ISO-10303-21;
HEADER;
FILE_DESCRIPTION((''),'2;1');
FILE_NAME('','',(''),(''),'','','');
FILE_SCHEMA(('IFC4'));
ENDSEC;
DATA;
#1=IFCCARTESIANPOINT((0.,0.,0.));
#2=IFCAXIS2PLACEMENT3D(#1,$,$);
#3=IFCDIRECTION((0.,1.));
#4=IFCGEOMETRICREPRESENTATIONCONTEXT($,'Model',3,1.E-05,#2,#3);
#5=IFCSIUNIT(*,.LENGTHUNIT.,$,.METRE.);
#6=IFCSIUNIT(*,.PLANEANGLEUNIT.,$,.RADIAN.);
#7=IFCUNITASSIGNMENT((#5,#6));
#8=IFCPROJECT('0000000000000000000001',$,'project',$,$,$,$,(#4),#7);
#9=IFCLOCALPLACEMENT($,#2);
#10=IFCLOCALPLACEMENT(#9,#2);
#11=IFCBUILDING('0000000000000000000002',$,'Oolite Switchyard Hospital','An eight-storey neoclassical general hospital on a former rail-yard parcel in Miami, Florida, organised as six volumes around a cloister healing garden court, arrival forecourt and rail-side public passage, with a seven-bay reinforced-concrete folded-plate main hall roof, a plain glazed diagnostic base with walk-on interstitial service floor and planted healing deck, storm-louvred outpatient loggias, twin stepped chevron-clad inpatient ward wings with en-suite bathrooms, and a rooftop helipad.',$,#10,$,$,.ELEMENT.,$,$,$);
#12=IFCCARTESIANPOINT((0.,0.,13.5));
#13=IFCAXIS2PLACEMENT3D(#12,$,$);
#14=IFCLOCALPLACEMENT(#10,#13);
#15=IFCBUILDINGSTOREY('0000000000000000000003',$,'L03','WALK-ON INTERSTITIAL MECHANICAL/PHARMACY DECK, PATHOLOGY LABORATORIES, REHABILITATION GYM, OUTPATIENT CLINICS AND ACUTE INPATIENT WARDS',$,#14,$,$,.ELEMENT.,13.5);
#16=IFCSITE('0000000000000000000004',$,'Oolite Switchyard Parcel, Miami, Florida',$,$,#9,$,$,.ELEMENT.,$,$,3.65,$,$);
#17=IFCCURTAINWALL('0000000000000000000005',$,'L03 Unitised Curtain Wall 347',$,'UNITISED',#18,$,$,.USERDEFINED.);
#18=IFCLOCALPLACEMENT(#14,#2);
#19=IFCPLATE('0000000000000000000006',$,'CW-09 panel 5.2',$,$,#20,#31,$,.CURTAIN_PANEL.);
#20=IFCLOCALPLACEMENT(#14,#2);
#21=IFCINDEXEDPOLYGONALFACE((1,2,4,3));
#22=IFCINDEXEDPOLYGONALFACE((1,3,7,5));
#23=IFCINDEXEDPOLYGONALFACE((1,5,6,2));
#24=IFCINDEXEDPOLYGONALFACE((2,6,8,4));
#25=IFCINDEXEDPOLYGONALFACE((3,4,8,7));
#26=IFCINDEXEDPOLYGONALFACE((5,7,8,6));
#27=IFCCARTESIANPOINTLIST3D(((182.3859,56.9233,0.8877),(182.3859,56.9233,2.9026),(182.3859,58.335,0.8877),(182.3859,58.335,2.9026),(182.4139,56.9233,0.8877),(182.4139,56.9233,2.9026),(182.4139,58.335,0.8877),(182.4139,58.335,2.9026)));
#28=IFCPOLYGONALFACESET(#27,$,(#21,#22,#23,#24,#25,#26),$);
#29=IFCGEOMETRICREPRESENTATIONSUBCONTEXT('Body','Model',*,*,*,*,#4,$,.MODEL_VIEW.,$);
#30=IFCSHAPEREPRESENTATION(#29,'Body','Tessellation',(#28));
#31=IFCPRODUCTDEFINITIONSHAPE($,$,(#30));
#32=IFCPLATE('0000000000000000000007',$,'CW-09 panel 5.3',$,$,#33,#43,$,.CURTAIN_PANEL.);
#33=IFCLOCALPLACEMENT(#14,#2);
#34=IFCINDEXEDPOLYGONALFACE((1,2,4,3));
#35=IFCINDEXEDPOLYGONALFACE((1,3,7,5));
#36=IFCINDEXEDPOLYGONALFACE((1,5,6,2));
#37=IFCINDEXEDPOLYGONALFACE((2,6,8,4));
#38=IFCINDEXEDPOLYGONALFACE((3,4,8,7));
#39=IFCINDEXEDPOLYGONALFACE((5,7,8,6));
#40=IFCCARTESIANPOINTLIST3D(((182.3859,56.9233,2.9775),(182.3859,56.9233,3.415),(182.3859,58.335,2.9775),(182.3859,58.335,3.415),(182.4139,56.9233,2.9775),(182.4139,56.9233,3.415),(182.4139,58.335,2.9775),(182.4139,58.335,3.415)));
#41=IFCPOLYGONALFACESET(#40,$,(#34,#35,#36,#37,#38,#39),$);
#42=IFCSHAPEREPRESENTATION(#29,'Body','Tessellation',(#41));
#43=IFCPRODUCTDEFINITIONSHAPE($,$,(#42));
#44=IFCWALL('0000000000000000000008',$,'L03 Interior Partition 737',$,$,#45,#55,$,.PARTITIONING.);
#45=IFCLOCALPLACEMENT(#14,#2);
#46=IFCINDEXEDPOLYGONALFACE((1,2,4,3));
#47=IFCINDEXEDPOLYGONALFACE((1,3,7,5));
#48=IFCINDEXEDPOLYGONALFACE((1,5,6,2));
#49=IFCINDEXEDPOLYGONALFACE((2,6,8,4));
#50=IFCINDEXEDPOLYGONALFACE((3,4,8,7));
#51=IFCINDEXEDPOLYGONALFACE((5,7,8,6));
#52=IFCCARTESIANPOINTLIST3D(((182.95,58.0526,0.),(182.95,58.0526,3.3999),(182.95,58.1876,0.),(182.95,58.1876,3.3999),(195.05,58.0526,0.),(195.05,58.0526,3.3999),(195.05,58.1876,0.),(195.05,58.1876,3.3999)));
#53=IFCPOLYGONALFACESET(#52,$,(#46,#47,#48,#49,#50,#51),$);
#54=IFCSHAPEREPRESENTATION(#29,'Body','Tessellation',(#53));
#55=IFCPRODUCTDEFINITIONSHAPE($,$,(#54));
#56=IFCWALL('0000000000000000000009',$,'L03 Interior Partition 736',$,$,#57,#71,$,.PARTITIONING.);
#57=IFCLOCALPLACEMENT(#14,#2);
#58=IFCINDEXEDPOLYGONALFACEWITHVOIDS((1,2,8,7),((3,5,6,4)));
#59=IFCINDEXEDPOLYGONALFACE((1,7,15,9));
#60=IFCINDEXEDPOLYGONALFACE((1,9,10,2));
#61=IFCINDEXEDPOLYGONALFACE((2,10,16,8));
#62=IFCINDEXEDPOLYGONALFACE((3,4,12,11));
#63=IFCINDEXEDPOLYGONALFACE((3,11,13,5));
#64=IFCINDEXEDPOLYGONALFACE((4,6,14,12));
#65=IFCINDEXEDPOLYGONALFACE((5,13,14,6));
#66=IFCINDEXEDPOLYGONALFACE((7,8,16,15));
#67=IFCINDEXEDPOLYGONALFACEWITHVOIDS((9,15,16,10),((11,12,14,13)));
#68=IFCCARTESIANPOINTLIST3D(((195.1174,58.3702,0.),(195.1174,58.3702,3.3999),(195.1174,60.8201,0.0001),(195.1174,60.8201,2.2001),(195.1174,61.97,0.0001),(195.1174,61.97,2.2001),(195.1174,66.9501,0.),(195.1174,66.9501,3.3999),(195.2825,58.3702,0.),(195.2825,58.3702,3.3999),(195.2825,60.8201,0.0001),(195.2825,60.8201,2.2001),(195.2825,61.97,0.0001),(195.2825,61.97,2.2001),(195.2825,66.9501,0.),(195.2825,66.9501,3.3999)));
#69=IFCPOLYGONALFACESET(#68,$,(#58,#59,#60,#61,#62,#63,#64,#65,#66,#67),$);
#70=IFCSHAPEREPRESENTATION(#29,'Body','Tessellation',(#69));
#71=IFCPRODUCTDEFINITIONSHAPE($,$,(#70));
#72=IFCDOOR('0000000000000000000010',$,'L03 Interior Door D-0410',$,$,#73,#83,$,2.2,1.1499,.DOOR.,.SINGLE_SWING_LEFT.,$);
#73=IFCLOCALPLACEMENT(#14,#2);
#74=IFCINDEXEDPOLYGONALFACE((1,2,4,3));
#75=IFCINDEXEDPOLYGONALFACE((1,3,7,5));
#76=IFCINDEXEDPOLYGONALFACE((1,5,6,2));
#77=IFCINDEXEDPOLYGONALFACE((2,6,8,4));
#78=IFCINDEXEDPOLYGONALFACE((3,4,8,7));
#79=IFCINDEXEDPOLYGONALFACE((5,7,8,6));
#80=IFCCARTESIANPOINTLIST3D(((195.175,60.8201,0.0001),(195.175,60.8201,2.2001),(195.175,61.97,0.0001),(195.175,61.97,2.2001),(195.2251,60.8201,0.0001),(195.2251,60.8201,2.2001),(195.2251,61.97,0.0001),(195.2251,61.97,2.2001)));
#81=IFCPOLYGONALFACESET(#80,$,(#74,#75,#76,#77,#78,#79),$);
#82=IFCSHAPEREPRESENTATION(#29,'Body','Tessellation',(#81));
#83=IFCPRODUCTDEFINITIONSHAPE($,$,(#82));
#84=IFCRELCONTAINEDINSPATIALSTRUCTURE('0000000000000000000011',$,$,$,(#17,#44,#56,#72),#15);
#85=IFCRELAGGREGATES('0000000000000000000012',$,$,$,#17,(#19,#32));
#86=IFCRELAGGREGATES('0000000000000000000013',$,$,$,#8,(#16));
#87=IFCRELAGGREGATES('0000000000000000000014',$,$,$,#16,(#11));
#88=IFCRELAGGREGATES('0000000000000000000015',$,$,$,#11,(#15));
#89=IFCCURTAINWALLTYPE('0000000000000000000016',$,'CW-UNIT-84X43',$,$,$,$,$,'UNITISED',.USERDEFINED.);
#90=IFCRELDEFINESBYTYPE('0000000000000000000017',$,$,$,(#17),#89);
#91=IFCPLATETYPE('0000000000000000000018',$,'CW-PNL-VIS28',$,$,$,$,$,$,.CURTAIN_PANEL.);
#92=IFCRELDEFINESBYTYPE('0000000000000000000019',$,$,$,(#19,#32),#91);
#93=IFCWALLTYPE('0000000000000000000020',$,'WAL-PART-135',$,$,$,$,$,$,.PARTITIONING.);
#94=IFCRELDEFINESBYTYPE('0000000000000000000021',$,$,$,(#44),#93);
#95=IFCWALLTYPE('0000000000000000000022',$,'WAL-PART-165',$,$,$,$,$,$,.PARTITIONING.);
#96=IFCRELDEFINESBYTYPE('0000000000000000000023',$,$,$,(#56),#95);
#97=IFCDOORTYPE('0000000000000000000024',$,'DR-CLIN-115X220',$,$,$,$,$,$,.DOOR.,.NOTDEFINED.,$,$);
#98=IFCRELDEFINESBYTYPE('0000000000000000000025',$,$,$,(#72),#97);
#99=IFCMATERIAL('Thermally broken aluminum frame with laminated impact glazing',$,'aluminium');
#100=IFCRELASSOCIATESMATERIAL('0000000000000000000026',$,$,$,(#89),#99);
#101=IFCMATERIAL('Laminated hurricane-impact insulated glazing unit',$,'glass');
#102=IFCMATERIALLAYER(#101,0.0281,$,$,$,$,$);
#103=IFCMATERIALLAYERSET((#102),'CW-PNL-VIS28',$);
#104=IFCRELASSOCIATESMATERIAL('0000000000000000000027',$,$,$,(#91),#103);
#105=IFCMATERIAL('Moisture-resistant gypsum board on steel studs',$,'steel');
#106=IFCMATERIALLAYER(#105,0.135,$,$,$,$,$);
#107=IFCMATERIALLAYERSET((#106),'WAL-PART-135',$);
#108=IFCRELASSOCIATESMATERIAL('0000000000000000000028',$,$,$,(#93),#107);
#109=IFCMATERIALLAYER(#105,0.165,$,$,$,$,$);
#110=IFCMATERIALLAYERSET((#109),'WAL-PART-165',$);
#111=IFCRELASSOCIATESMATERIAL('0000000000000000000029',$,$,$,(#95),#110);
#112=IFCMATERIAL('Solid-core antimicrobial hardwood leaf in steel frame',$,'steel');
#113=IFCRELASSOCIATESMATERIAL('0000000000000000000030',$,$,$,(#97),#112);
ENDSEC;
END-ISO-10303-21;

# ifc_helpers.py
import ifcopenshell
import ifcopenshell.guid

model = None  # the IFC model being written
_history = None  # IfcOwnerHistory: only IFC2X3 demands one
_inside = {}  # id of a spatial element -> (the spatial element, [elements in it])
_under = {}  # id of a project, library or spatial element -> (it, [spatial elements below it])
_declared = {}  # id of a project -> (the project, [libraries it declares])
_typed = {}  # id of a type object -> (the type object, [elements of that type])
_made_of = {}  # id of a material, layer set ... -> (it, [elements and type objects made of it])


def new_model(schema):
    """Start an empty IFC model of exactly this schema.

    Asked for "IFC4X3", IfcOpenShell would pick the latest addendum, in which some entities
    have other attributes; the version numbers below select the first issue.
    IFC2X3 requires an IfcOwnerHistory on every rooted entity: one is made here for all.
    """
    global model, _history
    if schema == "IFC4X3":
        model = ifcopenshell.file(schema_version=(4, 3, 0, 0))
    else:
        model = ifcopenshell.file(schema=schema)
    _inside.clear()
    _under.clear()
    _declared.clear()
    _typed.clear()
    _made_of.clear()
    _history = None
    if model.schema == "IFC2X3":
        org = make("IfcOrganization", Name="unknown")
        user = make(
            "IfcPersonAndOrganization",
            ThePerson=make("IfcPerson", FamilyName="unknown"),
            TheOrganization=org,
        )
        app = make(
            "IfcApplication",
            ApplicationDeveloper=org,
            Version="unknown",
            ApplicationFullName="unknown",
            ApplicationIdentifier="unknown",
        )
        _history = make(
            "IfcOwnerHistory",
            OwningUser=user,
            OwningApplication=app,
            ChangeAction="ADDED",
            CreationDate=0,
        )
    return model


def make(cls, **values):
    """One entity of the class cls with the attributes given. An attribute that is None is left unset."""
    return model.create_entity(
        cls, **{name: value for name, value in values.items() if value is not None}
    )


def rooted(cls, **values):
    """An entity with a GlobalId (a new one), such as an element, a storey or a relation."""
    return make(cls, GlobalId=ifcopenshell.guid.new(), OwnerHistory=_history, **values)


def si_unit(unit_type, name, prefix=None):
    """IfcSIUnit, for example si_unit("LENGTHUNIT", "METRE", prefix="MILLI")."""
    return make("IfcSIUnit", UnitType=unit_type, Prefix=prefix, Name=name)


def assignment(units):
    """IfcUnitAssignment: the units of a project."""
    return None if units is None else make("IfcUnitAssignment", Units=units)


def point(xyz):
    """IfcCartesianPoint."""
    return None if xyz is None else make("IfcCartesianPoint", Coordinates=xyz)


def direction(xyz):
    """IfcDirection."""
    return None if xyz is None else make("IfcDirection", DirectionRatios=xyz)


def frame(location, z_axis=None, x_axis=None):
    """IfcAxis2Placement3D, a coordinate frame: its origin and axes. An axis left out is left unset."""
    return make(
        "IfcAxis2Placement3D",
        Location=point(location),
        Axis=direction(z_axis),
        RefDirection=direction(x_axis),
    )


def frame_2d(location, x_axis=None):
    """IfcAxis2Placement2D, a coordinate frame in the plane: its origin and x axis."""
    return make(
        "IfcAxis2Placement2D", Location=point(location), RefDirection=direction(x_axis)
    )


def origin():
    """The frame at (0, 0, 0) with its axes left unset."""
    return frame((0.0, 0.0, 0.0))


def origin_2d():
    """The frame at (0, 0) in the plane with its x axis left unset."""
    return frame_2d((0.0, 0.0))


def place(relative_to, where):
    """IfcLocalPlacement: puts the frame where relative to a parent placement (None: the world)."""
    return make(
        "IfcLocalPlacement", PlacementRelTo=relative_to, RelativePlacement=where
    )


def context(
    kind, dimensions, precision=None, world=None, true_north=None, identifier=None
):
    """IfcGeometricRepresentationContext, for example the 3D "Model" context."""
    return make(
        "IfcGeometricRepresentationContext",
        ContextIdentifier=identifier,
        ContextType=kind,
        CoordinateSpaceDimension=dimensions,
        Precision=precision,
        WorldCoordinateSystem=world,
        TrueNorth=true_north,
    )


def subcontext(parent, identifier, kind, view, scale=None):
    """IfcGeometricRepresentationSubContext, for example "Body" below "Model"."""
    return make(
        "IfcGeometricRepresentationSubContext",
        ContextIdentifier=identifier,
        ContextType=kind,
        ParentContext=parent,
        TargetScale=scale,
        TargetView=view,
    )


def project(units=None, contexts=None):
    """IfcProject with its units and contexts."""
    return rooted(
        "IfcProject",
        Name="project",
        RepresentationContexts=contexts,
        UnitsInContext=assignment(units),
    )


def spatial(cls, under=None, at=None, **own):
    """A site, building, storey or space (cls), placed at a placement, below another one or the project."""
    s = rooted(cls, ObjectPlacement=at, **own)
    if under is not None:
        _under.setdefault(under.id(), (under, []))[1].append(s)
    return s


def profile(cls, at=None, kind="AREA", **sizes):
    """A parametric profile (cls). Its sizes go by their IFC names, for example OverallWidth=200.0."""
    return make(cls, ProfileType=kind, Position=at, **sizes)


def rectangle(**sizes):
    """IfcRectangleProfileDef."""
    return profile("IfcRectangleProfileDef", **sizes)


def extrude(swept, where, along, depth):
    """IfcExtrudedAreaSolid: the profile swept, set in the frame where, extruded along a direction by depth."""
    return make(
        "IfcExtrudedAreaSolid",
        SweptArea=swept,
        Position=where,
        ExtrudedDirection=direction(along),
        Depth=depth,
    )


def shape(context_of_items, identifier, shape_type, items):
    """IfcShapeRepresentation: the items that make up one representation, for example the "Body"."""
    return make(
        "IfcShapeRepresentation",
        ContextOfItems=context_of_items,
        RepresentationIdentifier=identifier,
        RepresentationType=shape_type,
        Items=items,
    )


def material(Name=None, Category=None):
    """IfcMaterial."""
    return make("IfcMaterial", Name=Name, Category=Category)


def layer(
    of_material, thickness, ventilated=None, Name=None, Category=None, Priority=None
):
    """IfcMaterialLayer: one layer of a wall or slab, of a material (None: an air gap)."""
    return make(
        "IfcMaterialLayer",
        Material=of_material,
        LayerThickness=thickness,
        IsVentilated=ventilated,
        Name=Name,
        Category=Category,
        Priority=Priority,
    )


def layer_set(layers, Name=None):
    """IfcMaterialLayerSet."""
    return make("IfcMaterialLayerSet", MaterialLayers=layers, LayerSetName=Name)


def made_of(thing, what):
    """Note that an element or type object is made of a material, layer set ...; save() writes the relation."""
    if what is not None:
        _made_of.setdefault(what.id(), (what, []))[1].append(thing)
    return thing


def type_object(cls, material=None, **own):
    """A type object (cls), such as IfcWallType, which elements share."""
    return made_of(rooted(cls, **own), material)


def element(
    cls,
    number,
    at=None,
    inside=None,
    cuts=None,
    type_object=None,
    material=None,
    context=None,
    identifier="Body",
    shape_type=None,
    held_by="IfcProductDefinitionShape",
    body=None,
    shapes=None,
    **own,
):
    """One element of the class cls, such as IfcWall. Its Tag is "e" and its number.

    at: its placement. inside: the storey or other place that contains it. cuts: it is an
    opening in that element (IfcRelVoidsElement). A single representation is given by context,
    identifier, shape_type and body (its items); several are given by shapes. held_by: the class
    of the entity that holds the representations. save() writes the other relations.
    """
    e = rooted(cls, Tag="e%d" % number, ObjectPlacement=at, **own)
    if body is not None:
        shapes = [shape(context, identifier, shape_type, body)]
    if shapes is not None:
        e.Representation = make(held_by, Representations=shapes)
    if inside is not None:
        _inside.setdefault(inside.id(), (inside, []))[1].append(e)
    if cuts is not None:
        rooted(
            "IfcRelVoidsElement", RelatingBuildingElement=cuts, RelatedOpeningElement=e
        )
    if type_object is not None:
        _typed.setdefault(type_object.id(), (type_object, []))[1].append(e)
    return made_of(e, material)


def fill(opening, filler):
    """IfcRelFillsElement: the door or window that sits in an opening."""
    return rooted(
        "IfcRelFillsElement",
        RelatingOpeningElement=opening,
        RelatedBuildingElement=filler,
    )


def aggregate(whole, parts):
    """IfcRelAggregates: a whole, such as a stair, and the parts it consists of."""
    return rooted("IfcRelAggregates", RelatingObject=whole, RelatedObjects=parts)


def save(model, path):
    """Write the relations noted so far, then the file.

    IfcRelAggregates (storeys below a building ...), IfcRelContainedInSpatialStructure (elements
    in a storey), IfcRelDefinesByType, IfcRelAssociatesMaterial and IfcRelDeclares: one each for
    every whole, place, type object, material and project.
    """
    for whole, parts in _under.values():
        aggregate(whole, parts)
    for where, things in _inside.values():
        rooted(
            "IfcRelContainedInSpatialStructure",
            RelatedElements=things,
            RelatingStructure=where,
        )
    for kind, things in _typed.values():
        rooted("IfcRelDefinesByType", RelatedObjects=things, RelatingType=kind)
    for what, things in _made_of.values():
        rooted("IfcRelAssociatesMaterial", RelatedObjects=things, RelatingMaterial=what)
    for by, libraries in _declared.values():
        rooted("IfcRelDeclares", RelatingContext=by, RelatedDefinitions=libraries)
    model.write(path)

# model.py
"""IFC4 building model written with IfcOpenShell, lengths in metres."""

from ifc_helpers import new_model, si_unit, direction, frame, frame_2d, origin, origin_2d, place, context, subcontext, project, spatial, rectangle, extrude, material, layer, layer_set, type_object, element, fill, aggregate, save


model = new_model("IFC4")

# Units and contexts
model_context = context("Model", 3, precision=1e-05, world=origin(), true_north=direction((0.0, 1.0)))
body_context = subcontext(model_context, "Body", "Model", "MODEL_VIEW")
ifc_project = project(units=[si_unit("LENGTHUNIT", "METRE"), si_unit("PLANEANGLEUNIT", "RADIAN")], contexts=[model_context])

# Site, building, storey
site_placement = place(None, origin())
site = spatial("IfcSite", under=ifc_project, at=site_placement, Name="Oolite Switchyard Parcel, Miami, Florida", CompositionType="ELEMENT", RefElevation=3.65)
building_placement = place(site_placement, origin())
building = spatial("IfcBuilding", under=site, at=building_placement, Name="Oolite Switchyard Hospital", Description="An eight-storey neoclassical general hospital on a former rail-yard parcel in Miami, Florida, organised as six volumes around a cloister healing garden court, arrival forecourt and rail-side public passage, with a seven-bay reinforced-concrete folded-plate main hall roof, a plain glazed diagnostic base with walk-on interstitial service floor and planted healing deck, storm-louvred outpatient loggias, twin stepped chevron-clad inpatient ward wings with en-suite bathrooms, and a rooftop helipad.", CompositionType="ELEMENT")
storey_placement = place(building_placement, frame((0.0, 0.0, 13.5)))
storey = spatial("IfcBuildingStorey", under=building, at=storey_placement, Name="L03", Description="WALK-ON INTERSTITIAL MECHANICAL/PHARMACY DECK, PATHOLOGY LABORATORIES, REHABILITATION GYM, OUTPATIENT CLINICS AND ACUTE INPATIENT WARDS", CompositionType="ELEMENT", Elevation=13.5)

# Curtain wall, plates
ifc_material_1 = material(Name="Thermally broken aluminum frame with laminated impact glazing", Category="aluminium")
curtain_wall_type = type_object("IfcCurtainWallType", Name="CW-UNIT-84X43", ElementType="UNITISED", PredefinedType="USERDEFINED", material=ifc_material_1)
curtain_wall_placement = place(storey_placement, origin())
curtain_wall = element("IfcCurtainWall", 1, at=curtain_wall_placement, inside=storey, type_object=curtain_wall_type, Name="L03 Unitised Curtain Wall 347", ObjectType="UNITISED", PredefinedType="USERDEFINED")
ifc_material_2 = material(Name="Laminated hurricane-impact insulated glazing unit", Category="glass")
ifc_layer_1 = layer(ifc_material_2, 0.0281)
ifc_layer_set_1 = layer_set([ifc_layer_1], Name="CW-PNL-VIS28")
plate_type = type_object("IfcPlateType", Name="CW-PNL-VIS28", PredefinedType="CURTAIN_PANEL", material=ifc_layer_set_1)
plate_1_placement = place(storey_placement, frame((182.3999, 57.6292, 0.8877), z_axis=(0.0, 0.0, 1.0), x_axis=(0.0, 1.0, 0.0)))
plate_1 = element("IfcPlate", 2, at=plate_1_placement, type_object=plate_type, Name="CW-09 panel 5.2", PredefinedType="CURTAIN_PANEL", context=body_context, shape_type="SweptSolid", body=[
    extrude(rectangle(XDim=1.4116, YDim=0.0281, at=origin_2d()), origin(), (0.0, 0.0, 1.0), 2.0149),
])
plate_2_placement = place(storey_placement, frame((182.3999, 57.6292, 2.9775), z_axis=(0.0, 0.0, 1.0), x_axis=(0.0, 1.0, 0.0)))
plate_2 = element("IfcPlate", 3, at=plate_2_placement, type_object=plate_type, Name="CW-09 panel 5.3", PredefinedType="CURTAIN_PANEL", context=body_context, shape_type="SweptSolid", body=[
    extrude(rectangle(XDim=1.4116, YDim=0.0281, at=origin_2d()), origin(), (0.0, 0.0, 1.0), 0.4375),
])
aggregate(curtain_wall, [plate_1, plate_2])

# Wall
ifc_material_3 = material(Name="Moisture-resistant gypsum board on steel studs", Category="steel")
ifc_layer_2 = layer(ifc_material_3, 0.135)
ifc_layer_set_2 = layer_set([ifc_layer_2], Name="WAL-PART-135")
wall_type_1 = type_object("IfcWallType", Name="WAL-PART-135", PredefinedType="PARTITIONING", material=ifc_layer_set_2)
wall_1_placement = place(storey_placement, frame((182.95, 58.1201, 0.0), z_axis=(0.0, 0.0, 1.0), x_axis=(1.0, 0.0, 0.0)))
element("IfcWall", 4, at=wall_1_placement, inside=storey, type_object=wall_type_1, Name="L03 Interior Partition 737", PredefinedType="PARTITIONING", context=body_context, shape_type="SweptSolid", body=[
    extrude(rectangle(XDim=12.1001, YDim=0.135, at=frame_2d((6.05, 0.0))), origin(), (0.0, 0.0, 1.0), 3.3999),
])

# Wall, opening, door
ifc_layer_3 = layer(ifc_material_3, 0.165)
ifc_layer_set_3 = layer_set([ifc_layer_3], Name="WAL-PART-165")
wall_type_2 = type_object("IfcWallType", Name="WAL-PART-165", PredefinedType="PARTITIONING", material=ifc_layer_set_3)
wall_2_placement = place(storey_placement, frame((195.2, 58.3701, 0.0), z_axis=(0.0, 0.0, 1.0), x_axis=(0.0, 1.0, 0.0)))
wall_2 = element("IfcWall", 5, at=wall_2_placement, inside=storey, type_object=wall_type_2, Name="L03 Interior Partition 736", PredefinedType="PARTITIONING", context=body_context, shape_type="SweptSolid", body=[
    extrude(rectangle(XDim=8.5798, YDim=0.165, at=frame_2d((4.29, 0.0))), origin(), (0.0, 0.0, 1.0), 3.3999),
])
opening_placement = place(wall_2_placement, frame((2.45, 0.0, 0.0)))
opening = element("IfcOpeningElement", 6, at=opening_placement, cuts=wall_2, PredefinedType="OPENING", context=body_context, shape_type="SweptSolid", body=[
    extrude(rectangle(XDim=1.1499, YDim=2.2, at=frame_2d((0.575, 1.1001))), frame((0.0, 0.0925, 0.0), z_axis=(0.0, -1.0, 0.0), x_axis=(1.0, 0.0, 0.0)), (0.0, 0.0, 1.0), 0.1851),
])
ifc_material_4 = material(Name="Solid-core antimicrobial hardwood leaf in steel frame", Category="steel")
door_type = type_object("IfcDoorType", Name="DR-CLIN-115X220", OperationType="NOTDEFINED", PredefinedType="DOOR", material=ifc_material_4)
door_placement = place(opening_placement, origin())
door = element("IfcDoor", 7, at=door_placement, inside=storey, type_object=door_type, Name="L03 Interior Door D-0410", OperationType="SINGLE_SWING_LEFT", OverallHeight=2.2, OverallWidth=1.1499, PredefinedType="DOOR", context=body_context, shape_type="SweptSolid", body=[
    extrude(rectangle(XDim=1.1499, YDim=2.2, at=frame_2d((0.575, 1.1001))), frame((0.0, 0.0249, 0.0), z_axis=(0.0, -1.0, 0.0), x_axis=(1.0, 0.0, 0.0)), (0.0, 0.0, 1.0), 0.05),
])
fill(opening, door)

save(model, "model.ifc")
